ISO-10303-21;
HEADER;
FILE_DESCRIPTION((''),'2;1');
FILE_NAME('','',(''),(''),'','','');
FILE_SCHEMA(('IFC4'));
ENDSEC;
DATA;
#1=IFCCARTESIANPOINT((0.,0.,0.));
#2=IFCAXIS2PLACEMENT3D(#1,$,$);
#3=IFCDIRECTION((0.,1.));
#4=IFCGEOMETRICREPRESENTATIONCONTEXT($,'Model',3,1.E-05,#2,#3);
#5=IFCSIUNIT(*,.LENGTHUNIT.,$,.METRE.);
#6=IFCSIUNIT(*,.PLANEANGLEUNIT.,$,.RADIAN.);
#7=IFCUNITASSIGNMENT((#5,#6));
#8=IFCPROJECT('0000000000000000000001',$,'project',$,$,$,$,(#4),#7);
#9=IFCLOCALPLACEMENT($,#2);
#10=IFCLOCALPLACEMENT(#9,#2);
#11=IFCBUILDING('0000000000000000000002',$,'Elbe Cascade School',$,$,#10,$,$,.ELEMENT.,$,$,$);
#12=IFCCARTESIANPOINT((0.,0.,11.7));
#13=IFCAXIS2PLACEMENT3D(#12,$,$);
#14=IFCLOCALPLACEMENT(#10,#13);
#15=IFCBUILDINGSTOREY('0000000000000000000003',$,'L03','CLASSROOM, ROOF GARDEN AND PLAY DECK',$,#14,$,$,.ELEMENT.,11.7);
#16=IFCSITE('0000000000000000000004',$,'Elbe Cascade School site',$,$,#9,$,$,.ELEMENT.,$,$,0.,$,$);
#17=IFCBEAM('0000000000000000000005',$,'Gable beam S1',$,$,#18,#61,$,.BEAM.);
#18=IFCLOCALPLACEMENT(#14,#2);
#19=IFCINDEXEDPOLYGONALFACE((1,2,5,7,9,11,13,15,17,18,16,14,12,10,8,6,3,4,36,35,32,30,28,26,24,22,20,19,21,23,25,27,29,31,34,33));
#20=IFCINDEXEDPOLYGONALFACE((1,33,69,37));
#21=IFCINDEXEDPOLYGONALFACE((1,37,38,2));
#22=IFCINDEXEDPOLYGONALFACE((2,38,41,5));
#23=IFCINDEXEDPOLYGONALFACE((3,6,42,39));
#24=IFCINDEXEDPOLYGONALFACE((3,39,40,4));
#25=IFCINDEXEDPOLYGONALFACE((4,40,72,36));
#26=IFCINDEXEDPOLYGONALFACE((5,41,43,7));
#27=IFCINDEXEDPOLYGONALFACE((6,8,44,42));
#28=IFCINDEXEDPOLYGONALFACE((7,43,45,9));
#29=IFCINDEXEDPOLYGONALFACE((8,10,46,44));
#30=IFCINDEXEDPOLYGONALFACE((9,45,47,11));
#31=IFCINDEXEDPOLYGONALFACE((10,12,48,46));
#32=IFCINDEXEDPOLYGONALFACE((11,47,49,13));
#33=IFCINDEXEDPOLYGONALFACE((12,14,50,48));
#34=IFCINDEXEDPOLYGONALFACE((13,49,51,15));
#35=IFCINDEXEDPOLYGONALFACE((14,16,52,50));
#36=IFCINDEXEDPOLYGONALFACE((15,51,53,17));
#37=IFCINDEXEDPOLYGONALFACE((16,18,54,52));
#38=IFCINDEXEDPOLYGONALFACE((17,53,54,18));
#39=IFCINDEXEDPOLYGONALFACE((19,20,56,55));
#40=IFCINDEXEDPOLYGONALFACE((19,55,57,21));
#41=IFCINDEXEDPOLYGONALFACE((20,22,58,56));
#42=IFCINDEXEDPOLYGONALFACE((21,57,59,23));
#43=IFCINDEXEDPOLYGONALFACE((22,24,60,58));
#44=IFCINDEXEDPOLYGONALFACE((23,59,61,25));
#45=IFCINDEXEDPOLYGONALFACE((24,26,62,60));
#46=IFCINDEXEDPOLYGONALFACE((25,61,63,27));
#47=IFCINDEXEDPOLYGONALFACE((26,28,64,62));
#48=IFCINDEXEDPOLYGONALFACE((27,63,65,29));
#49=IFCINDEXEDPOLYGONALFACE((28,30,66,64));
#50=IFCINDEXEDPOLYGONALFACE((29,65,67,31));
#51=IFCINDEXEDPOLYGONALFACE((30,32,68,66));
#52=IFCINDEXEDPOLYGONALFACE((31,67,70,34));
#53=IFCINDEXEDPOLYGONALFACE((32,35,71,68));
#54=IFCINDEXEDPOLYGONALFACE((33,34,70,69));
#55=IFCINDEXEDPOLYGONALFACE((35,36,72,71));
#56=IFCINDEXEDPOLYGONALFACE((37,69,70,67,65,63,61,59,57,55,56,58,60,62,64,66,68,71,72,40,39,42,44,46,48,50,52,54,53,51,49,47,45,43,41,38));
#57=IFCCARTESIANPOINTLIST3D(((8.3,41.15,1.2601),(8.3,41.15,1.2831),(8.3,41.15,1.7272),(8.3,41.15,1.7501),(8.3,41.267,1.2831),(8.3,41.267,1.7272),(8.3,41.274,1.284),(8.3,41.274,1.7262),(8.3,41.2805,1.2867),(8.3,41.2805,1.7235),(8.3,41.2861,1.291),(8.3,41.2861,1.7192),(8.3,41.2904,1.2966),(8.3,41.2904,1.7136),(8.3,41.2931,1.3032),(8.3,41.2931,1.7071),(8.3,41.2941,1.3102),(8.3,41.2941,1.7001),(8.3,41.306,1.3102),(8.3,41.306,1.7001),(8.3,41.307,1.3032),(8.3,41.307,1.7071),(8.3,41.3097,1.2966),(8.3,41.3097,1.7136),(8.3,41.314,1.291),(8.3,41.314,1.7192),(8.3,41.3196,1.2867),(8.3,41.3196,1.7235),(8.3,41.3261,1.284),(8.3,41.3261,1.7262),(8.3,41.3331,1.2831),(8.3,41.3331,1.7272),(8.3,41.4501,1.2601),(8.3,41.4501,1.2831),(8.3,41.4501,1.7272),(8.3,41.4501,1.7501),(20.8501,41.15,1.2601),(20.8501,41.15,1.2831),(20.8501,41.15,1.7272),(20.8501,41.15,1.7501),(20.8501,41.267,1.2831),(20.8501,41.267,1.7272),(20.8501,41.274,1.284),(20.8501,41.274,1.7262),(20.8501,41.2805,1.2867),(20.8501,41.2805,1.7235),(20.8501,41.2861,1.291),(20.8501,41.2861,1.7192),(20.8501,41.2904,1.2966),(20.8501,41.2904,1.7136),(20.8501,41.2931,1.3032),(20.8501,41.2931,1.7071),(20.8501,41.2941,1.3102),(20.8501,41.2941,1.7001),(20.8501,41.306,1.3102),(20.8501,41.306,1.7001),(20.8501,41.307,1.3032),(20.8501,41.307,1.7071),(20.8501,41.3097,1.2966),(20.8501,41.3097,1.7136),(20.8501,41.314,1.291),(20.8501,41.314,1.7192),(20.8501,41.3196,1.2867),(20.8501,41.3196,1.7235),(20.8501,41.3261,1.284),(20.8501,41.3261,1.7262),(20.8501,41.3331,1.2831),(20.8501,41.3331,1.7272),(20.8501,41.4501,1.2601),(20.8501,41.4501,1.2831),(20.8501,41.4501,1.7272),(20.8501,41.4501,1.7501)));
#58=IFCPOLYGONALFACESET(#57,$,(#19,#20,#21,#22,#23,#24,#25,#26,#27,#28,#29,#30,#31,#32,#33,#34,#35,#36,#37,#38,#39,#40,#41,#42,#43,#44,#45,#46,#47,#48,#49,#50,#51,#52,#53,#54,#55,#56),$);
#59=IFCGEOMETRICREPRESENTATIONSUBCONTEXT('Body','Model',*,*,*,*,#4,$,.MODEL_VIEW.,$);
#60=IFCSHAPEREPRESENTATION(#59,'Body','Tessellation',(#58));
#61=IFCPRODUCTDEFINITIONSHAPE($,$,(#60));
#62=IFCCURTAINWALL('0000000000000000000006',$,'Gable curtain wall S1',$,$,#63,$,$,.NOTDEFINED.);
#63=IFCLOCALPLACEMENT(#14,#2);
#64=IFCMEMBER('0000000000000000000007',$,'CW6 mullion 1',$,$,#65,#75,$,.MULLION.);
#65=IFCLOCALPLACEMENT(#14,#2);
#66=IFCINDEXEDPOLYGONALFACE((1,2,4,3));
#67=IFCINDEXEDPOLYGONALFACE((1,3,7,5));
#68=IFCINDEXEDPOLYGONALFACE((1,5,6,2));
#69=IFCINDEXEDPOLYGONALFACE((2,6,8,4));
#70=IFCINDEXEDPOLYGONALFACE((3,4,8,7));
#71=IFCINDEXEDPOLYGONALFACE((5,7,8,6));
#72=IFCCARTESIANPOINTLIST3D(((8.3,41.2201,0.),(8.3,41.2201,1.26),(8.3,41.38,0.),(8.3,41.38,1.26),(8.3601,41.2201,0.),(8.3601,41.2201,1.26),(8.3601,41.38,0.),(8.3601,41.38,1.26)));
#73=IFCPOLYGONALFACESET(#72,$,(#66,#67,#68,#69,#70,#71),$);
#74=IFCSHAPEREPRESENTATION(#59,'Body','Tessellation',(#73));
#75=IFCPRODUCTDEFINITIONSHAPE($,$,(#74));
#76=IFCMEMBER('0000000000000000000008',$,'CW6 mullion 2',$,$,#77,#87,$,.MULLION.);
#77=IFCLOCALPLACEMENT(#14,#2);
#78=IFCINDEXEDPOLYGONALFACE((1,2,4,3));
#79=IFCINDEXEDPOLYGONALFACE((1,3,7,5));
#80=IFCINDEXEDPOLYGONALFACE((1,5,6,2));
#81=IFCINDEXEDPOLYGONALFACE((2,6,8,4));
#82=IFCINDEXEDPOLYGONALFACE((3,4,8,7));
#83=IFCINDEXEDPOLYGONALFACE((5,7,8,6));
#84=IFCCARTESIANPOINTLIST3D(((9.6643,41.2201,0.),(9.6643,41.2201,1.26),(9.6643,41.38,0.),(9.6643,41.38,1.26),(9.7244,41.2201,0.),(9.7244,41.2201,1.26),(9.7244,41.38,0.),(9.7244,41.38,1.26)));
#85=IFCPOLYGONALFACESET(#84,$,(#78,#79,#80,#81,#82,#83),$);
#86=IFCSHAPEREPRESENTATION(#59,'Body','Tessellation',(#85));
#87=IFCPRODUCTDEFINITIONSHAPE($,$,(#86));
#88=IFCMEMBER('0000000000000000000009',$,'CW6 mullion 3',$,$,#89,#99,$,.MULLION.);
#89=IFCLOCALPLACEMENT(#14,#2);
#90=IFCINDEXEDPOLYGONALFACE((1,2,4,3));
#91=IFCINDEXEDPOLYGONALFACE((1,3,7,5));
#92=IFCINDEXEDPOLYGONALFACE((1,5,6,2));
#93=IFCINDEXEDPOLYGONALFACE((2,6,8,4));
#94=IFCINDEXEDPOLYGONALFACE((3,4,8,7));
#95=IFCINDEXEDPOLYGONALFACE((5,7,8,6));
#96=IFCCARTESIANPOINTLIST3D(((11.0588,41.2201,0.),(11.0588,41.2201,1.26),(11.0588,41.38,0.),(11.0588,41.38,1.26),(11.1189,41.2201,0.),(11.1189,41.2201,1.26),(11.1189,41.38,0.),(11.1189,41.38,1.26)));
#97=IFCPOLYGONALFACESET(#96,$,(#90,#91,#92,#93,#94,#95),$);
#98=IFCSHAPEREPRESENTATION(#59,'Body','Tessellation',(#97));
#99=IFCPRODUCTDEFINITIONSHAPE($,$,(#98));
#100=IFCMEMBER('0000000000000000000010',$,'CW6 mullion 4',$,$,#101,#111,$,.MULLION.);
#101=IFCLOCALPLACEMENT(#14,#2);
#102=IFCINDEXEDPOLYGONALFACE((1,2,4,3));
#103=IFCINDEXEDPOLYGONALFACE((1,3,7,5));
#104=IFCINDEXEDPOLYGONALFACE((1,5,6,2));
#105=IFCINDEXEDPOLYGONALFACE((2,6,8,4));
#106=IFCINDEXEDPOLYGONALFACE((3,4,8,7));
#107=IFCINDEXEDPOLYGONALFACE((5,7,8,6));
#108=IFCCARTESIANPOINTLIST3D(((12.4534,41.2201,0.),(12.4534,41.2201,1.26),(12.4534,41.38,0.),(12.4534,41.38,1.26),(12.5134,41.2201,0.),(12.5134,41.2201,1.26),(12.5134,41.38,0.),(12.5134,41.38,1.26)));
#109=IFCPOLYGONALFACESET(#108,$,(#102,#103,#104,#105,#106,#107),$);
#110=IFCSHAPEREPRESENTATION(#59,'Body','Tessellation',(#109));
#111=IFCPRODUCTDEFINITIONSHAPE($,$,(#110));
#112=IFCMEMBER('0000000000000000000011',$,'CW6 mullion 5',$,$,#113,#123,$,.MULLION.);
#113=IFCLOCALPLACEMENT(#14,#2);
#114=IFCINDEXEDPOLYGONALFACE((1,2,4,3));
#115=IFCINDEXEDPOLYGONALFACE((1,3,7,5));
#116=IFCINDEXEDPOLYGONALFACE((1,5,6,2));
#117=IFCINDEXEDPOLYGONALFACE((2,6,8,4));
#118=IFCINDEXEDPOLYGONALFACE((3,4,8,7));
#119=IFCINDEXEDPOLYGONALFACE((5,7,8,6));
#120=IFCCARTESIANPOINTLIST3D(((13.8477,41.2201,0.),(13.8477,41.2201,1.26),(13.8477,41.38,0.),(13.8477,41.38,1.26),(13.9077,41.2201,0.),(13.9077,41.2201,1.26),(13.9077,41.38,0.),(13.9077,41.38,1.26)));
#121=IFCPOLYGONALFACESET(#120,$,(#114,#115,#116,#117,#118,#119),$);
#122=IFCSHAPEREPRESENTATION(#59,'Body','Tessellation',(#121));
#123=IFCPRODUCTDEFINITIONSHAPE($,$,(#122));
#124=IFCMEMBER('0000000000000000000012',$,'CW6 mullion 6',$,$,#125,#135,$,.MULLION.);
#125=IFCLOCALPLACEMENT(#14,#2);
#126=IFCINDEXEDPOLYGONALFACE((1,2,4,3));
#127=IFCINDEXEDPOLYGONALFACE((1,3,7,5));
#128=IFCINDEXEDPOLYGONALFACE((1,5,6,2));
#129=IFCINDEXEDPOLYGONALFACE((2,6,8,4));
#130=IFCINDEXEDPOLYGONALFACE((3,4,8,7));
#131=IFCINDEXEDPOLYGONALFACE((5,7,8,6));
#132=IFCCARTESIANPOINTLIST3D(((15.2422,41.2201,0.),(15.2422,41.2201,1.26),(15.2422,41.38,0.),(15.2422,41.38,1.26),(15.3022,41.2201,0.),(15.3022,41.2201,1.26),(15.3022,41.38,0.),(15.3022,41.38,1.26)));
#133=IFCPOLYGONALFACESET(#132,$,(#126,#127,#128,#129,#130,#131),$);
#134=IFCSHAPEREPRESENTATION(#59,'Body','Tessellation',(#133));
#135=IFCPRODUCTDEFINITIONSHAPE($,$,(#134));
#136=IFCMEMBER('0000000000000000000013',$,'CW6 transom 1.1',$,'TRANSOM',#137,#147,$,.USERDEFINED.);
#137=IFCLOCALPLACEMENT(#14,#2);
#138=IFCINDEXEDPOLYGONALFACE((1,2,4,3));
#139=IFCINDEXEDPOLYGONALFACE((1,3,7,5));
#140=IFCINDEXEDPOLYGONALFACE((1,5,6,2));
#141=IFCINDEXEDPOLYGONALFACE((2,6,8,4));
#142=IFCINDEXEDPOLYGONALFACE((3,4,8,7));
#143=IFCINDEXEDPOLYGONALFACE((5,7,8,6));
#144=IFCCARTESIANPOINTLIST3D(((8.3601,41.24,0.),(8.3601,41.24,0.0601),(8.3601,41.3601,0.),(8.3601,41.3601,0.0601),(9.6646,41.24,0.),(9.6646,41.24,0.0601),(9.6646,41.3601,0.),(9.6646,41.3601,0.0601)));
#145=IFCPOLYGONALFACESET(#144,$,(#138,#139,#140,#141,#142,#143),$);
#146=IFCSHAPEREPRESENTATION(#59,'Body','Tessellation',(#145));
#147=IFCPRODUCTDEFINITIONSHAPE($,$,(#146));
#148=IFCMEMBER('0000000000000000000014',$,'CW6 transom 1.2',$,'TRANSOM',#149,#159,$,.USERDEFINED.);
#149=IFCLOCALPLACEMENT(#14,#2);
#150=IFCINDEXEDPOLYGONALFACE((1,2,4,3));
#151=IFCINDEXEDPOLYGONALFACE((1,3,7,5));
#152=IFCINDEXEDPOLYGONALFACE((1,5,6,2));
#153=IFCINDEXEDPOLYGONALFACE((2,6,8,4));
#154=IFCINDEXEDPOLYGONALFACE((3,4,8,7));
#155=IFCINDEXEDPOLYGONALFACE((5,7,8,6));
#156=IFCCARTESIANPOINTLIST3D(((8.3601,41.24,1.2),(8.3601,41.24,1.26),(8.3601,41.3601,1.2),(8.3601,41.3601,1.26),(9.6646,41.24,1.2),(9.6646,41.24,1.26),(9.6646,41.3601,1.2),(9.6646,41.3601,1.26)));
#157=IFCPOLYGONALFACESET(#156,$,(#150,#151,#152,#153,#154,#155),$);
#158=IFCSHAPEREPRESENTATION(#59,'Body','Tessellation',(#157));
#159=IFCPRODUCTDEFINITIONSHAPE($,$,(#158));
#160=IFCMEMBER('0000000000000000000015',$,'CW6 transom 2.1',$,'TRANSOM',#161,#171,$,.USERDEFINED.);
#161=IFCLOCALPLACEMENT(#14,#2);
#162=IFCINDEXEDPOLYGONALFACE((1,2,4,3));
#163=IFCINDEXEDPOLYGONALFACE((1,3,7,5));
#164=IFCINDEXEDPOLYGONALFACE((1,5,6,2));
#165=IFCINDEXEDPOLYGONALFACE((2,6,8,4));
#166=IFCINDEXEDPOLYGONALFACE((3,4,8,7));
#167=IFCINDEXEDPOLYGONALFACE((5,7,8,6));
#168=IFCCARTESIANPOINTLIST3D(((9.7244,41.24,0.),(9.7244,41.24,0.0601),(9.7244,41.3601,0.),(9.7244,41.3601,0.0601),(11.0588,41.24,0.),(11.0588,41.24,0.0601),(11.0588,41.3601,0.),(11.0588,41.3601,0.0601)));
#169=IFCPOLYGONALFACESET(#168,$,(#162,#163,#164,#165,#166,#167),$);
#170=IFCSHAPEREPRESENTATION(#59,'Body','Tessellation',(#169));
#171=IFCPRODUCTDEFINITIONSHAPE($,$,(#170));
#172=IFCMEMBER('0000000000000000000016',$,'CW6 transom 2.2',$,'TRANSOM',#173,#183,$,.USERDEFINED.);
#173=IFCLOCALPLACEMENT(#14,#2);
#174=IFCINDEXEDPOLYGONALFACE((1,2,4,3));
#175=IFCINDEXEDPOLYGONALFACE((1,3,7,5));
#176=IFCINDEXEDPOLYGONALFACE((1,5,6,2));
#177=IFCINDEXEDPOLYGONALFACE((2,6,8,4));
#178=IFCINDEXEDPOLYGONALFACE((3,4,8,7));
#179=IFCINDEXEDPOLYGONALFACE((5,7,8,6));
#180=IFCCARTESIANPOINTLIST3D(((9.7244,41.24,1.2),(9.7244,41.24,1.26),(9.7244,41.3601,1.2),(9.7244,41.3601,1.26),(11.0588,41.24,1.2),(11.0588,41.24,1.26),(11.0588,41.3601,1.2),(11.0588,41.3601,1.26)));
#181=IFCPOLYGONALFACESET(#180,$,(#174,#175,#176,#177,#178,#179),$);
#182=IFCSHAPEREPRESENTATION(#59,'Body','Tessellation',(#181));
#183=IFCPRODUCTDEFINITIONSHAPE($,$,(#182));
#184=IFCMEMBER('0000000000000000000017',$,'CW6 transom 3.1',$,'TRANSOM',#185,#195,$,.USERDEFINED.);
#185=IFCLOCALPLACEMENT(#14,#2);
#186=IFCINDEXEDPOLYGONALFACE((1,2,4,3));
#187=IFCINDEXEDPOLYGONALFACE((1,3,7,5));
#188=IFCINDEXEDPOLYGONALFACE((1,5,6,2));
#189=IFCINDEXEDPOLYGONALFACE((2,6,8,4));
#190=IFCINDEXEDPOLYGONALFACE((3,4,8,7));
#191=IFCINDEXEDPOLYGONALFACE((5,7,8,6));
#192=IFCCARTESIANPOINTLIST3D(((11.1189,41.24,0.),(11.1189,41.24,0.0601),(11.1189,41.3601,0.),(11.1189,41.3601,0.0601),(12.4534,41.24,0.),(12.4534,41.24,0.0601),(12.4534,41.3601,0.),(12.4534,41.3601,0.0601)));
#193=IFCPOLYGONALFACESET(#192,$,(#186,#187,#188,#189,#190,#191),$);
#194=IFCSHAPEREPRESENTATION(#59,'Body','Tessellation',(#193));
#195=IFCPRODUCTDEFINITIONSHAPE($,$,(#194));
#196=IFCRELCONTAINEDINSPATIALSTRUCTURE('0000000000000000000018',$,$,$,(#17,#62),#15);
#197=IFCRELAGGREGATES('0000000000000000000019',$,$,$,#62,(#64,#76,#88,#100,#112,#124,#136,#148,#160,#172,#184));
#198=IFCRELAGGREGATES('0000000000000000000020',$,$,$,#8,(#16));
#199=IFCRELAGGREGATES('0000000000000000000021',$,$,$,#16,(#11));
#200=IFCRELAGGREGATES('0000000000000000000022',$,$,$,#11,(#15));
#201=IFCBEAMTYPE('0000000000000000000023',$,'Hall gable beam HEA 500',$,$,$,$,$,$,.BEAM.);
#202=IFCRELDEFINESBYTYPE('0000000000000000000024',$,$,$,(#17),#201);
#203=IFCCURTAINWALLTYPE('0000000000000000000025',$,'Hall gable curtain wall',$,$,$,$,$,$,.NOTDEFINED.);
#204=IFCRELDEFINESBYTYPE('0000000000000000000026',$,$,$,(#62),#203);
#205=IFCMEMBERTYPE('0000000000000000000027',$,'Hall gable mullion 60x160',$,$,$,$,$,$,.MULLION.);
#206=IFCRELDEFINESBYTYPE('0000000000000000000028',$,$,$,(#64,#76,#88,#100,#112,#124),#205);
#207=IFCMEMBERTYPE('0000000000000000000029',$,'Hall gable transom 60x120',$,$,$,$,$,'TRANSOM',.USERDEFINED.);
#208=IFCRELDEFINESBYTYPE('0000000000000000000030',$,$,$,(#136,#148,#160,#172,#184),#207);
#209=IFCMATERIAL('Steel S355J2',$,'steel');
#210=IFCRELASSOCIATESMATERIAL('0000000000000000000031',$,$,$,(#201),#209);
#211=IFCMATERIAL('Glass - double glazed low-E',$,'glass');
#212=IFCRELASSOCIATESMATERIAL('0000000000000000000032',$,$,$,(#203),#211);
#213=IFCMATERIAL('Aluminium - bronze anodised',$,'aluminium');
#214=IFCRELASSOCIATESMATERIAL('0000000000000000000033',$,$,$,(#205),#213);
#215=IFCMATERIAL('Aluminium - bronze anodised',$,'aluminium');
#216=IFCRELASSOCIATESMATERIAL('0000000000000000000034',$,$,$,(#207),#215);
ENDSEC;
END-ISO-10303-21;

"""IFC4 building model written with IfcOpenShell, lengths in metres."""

from ifc_helpers import new_model, si_unit, direction, frame, origin, origin_2d, place, context, subcontext, project, spatial, rectangle, i_section, extrude, material, material_profile, profile_set, type_object, element, aggregate, save


model = new_model("IFC4")

# Units and contexts
model_context = context("Model", 3, precision=1e-05, world=origin(), true_north=direction((0.0, 1.0)))
body_context = subcontext(model_context, "Body", "Model", "MODEL_VIEW")
ifc_project = project(units=[si_unit("LENGTHUNIT", "METRE"), si_unit("PLANEANGLEUNIT", "RADIAN")], contexts=[model_context])

# Site, building, storey
site_placement = place(None, origin())
site = spatial("IfcSite", under=ifc_project, at=site_placement, Name="Elbe Cascade School site", CompositionType="ELEMENT", RefElevation=0.0)
building_placement = place(site_placement, origin())
building = spatial("IfcBuilding", under=site, at=building_placement, Name="Elbe Cascade School", CompositionType="ELEMENT")
storey_placement = place(building_placement, frame((0.0, 0.0, 11.7)))
storey = spatial("IfcBuildingStorey", under=building, at=storey_placement, Name="L03", Description="CLASSROOM, ROOF GARDEN AND PLAY DECK", CompositionType="ELEMENT", Elevation=11.7)

# Beam
ifc_material_1 = material(Name="Steel S355J2", Category="steel")
ifc_material_profile_1 = material_profile(ifc_material_1, i_section(OverallWidth=0.3, OverallDepth=0.49, WebThickness=0.012, FlangeThickness=0.0229, FilletRadius=0.0271, at=origin_2d()), Name="HEA 500")
ifc_profile_set_1 = profile_set([ifc_material_profile_1], Name="Steel S355J2")
beam_type = type_object("IfcBeamType", Name="Hall gable beam HEA 500", PredefinedType="BEAM", material=ifc_profile_set_1)
beam_placement = place(storey_placement, frame((8.3, 41.3, 1.5051), z_axis=(1.0, 0.0, 0.0), x_axis=(0.0, 1.0, 0.0)))
element("IfcBeam", 1, at=beam_placement, inside=storey, type_object=beam_type, Name="Gable beam S1", PredefinedType="BEAM", context=body_context, shape_type="SweptSolid", body=[
    extrude(i_section(OverallWidth=0.3, OverallDepth=0.49, WebThickness=0.012, FlangeThickness=0.0229, FilletRadius=0.0271, at=origin_2d()), origin(), (0.0, 0.0, 1.0), 12.55),
])

# Curtain wall, members
ifc_material_2 = material(Name="Glass - double glazed low-E", Category="glass")
curtain_wall_type = type_object("IfcCurtainWallType", Name="Hall gable curtain wall", PredefinedType="NOTDEFINED", material=ifc_material_2)
curtain_wall_placement = place(storey_placement, origin())
curtain_wall = element("IfcCurtainWall", 2, at=curtain_wall_placement, inside=storey, type_object=curtain_wall_type, Name="Gable curtain wall S1", PredefinedType="NOTDEFINED")
ifc_material_3 = material(Name="Aluminium - bronze anodised", Category="aluminium")
ifc_material_profile_2 = material_profile(ifc_material_3, rectangle(XDim=0.1599, YDim=0.0601, at=origin_2d()), Name="Alu 60x160")
ifc_profile_set_2 = profile_set([ifc_material_profile_2], Name="Aluminium - bronze anodised")
member_type_1 = type_object("IfcMemberType", Name="Hall gable mullion 60x160", PredefinedType="MULLION", material=ifc_profile_set_2)
member_1_placement = place(storey_placement, frame((8.3301, 41.3, 0.0), z_axis=(0.0, 0.0, 1.0), x_axis=(0.0, 1.0, 0.0)))
member_1 = element("IfcMember", 3, at=member_1_placement, type_object=member_type_1, Name="CW6 mullion 1", PredefinedType="MULLION", context=body_context, shape_type="SweptSolid", body=[
    extrude(rectangle(XDim=0.1599, YDim=0.0601, at=origin_2d()), origin(), (0.0, 0.0, 1.0), 1.26),
])
member_2_placement = place(storey_placement, frame((9.6943, 41.3, 0.0), z_axis=(0.0, 0.0, 1.0), x_axis=(0.0, 1.0, 0.0)))
member_2 = element("IfcMember", 4, at=member_2_placement, type_object=member_type_1, Name="CW6 mullion 2", PredefinedType="MULLION", context=body_context, shape_type="SweptSolid", body=[
    extrude(rectangle(XDim=0.1599, YDim=0.0601, at=origin_2d()), origin(), (0.0, 0.0, 1.0), 1.26),
])
member_3_placement = place(storey_placement, frame((11.0889, 41.3, 0.0), z_axis=(0.0, 0.0, 1.0), x_axis=(0.0, 1.0, 0.0)))
member_3 = element("IfcMember", 5, at=member_3_placement, type_object=member_type_1, Name="CW6 mullion 3", PredefinedType="MULLION", context=body_context, shape_type="SweptSolid", body=[
    extrude(rectangle(XDim=0.1599, YDim=0.0601, at=origin_2d()), origin(), (0.0, 0.0, 1.0), 1.26),
])
member_4_placement = place(storey_placement, frame((12.4834, 41.3, 0.0), z_axis=(0.0, 0.0, 1.0), x_axis=(0.0, 1.0, 0.0)))
member_4 = element("IfcMember", 6, at=member_4_placement, type_object=member_type_1, Name="CW6 mullion 4", PredefinedType="MULLION", context=body_context, shape_type="SweptSolid", body=[
    extrude(rectangle(XDim=0.1599, YDim=0.0601, at=origin_2d()), origin(), (0.0, 0.0, 1.0), 1.26),
])
member_5_placement = place(storey_placement, frame((13.8777, 41.3, 0.0), z_axis=(0.0, 0.0, 1.0), x_axis=(0.0, 1.0, 0.0)))
member_5 = element("IfcMember", 7, at=member_5_placement, type_object=member_type_1, Name="CW6 mullion 5", PredefinedType="MULLION", context=body_context, shape_type="SweptSolid", body=[
    extrude(rectangle(XDim=0.1599, YDim=0.0601, at=origin_2d()), origin(), (0.0, 0.0, 1.0), 1.26),
])
member_6_placement = place(storey_placement, frame((15.2722, 41.3, 0.0), z_axis=(0.0, 0.0, 1.0), x_axis=(0.0, 1.0, 0.0)))
member_6 = element("IfcMember", 8, at=member_6_placement, type_object=member_type_1, Name="CW6 mullion 6", PredefinedType="MULLION", context=body_context, shape_type="SweptSolid", body=[
    extrude(rectangle(XDim=0.1599, YDim=0.0601, at=origin_2d()), origin(), (0.0, 0.0, 1.0), 1.26),
])
ifc_material_4 = material(Name="Aluminium - bronze anodised", Category="aluminium")
ifc_material_profile_3 = material_profile(ifc_material_4, rectangle(XDim=0.1201, YDim=0.0601, at=origin_2d()), Name="Alu 60x120")
ifc_profile_set_3 = profile_set([ifc_material_profile_3], Name="Aluminium - bronze anodised")
member_type_2 = type_object("IfcMemberType", Name="Hall gable transom 60x120", ElementType="TRANSOM", PredefinedType="USERDEFINED", material=ifc_profile_set_3)
member_7_placement = place(storey_placement, frame((8.3601, 41.3, 0.03), z_axis=(1.0, 0.0, 0.0), x_axis=(0.0, 1.0, 0.0)))
member_7 = element("IfcMember", 9, at=member_7_placement, type_object=member_type_2, Name="CW6 transom 1.1", ObjectType="TRANSOM", PredefinedType="USERDEFINED", context=body_context, shape_type="SweptSolid", body=[
    extrude(rectangle(XDim=0.1201, YDim=0.0601, at=origin_2d()), origin(), (0.0, 0.0, 1.0), 1.3044),
])
member_8_placement = place(storey_placement, frame((8.3601, 41.3, 1.23), z_axis=(1.0, 0.0, 0.0), x_axis=(0.0, 1.0, 0.0)))
member_8 = element("IfcMember", 10, at=member_8_placement, type_object=member_type_2, Name="CW6 transom 1.2", ObjectType="TRANSOM", PredefinedType="USERDEFINED", context=body_context, shape_type="SweptSolid", body=[
    extrude(rectangle(XDim=0.1201, YDim=0.0601, at=origin_2d()), origin(), (0.0, 0.0, 1.0), 1.3044),
])
member_9_placement = place(storey_placement, frame((9.7244, 41.3, 0.03), z_axis=(1.0, 0.0, 0.0), x_axis=(0.0, 1.0, 0.0)))
member_9 = element("IfcMember", 11, at=member_9_placement, type_object=member_type_2, Name="CW6 transom 2.1", ObjectType="TRANSOM", PredefinedType="USERDEFINED", context=body_context, shape_type="SweptSolid", body=[
    extrude(rectangle(XDim=0.1201, YDim=0.0601, at=origin_2d()), origin(), (0.0, 0.0, 1.0), 1.3345),
])
member_10_placement = place(storey_placement, frame((9.7244, 41.3, 1.23), z_axis=(1.0, 0.0, 0.0), x_axis=(0.0, 1.0, 0.0)))
member_10 = element("IfcMember", 12, at=member_10_placement, type_object=member_type_2, Name="CW6 transom 2.2", ObjectType="TRANSOM", PredefinedType="USERDEFINED", context=body_context, shape_type="SweptSolid", body=[
    extrude(rectangle(XDim=0.1201, YDim=0.0601, at=origin_2d()), origin(), (0.0, 0.0, 1.0), 1.3345),
])
member_11_placement = place(storey_placement, frame((11.1189, 41.3, 0.03), z_axis=(1.0, 0.0, 0.0), x_axis=(0.0, 1.0, 0.0)))
member_11 = element("IfcMember", 13, at=member_11_placement, type_object=member_type_2, Name="CW6 transom 3.1", ObjectType="TRANSOM", PredefinedType="USERDEFINED", context=body_context, shape_type="SweptSolid", body=[
    extrude(rectangle(XDim=0.1201, YDim=0.0601, at=origin_2d()), origin(), (0.0, 0.0, 1.0), 1.3345),
])

aggregate(curtain_wall, [member_1, member_2, member_3, member_4, member_5, member_6, member_7, member_8, member_9, member_10, member_11])

save(model, "model.ifc")
